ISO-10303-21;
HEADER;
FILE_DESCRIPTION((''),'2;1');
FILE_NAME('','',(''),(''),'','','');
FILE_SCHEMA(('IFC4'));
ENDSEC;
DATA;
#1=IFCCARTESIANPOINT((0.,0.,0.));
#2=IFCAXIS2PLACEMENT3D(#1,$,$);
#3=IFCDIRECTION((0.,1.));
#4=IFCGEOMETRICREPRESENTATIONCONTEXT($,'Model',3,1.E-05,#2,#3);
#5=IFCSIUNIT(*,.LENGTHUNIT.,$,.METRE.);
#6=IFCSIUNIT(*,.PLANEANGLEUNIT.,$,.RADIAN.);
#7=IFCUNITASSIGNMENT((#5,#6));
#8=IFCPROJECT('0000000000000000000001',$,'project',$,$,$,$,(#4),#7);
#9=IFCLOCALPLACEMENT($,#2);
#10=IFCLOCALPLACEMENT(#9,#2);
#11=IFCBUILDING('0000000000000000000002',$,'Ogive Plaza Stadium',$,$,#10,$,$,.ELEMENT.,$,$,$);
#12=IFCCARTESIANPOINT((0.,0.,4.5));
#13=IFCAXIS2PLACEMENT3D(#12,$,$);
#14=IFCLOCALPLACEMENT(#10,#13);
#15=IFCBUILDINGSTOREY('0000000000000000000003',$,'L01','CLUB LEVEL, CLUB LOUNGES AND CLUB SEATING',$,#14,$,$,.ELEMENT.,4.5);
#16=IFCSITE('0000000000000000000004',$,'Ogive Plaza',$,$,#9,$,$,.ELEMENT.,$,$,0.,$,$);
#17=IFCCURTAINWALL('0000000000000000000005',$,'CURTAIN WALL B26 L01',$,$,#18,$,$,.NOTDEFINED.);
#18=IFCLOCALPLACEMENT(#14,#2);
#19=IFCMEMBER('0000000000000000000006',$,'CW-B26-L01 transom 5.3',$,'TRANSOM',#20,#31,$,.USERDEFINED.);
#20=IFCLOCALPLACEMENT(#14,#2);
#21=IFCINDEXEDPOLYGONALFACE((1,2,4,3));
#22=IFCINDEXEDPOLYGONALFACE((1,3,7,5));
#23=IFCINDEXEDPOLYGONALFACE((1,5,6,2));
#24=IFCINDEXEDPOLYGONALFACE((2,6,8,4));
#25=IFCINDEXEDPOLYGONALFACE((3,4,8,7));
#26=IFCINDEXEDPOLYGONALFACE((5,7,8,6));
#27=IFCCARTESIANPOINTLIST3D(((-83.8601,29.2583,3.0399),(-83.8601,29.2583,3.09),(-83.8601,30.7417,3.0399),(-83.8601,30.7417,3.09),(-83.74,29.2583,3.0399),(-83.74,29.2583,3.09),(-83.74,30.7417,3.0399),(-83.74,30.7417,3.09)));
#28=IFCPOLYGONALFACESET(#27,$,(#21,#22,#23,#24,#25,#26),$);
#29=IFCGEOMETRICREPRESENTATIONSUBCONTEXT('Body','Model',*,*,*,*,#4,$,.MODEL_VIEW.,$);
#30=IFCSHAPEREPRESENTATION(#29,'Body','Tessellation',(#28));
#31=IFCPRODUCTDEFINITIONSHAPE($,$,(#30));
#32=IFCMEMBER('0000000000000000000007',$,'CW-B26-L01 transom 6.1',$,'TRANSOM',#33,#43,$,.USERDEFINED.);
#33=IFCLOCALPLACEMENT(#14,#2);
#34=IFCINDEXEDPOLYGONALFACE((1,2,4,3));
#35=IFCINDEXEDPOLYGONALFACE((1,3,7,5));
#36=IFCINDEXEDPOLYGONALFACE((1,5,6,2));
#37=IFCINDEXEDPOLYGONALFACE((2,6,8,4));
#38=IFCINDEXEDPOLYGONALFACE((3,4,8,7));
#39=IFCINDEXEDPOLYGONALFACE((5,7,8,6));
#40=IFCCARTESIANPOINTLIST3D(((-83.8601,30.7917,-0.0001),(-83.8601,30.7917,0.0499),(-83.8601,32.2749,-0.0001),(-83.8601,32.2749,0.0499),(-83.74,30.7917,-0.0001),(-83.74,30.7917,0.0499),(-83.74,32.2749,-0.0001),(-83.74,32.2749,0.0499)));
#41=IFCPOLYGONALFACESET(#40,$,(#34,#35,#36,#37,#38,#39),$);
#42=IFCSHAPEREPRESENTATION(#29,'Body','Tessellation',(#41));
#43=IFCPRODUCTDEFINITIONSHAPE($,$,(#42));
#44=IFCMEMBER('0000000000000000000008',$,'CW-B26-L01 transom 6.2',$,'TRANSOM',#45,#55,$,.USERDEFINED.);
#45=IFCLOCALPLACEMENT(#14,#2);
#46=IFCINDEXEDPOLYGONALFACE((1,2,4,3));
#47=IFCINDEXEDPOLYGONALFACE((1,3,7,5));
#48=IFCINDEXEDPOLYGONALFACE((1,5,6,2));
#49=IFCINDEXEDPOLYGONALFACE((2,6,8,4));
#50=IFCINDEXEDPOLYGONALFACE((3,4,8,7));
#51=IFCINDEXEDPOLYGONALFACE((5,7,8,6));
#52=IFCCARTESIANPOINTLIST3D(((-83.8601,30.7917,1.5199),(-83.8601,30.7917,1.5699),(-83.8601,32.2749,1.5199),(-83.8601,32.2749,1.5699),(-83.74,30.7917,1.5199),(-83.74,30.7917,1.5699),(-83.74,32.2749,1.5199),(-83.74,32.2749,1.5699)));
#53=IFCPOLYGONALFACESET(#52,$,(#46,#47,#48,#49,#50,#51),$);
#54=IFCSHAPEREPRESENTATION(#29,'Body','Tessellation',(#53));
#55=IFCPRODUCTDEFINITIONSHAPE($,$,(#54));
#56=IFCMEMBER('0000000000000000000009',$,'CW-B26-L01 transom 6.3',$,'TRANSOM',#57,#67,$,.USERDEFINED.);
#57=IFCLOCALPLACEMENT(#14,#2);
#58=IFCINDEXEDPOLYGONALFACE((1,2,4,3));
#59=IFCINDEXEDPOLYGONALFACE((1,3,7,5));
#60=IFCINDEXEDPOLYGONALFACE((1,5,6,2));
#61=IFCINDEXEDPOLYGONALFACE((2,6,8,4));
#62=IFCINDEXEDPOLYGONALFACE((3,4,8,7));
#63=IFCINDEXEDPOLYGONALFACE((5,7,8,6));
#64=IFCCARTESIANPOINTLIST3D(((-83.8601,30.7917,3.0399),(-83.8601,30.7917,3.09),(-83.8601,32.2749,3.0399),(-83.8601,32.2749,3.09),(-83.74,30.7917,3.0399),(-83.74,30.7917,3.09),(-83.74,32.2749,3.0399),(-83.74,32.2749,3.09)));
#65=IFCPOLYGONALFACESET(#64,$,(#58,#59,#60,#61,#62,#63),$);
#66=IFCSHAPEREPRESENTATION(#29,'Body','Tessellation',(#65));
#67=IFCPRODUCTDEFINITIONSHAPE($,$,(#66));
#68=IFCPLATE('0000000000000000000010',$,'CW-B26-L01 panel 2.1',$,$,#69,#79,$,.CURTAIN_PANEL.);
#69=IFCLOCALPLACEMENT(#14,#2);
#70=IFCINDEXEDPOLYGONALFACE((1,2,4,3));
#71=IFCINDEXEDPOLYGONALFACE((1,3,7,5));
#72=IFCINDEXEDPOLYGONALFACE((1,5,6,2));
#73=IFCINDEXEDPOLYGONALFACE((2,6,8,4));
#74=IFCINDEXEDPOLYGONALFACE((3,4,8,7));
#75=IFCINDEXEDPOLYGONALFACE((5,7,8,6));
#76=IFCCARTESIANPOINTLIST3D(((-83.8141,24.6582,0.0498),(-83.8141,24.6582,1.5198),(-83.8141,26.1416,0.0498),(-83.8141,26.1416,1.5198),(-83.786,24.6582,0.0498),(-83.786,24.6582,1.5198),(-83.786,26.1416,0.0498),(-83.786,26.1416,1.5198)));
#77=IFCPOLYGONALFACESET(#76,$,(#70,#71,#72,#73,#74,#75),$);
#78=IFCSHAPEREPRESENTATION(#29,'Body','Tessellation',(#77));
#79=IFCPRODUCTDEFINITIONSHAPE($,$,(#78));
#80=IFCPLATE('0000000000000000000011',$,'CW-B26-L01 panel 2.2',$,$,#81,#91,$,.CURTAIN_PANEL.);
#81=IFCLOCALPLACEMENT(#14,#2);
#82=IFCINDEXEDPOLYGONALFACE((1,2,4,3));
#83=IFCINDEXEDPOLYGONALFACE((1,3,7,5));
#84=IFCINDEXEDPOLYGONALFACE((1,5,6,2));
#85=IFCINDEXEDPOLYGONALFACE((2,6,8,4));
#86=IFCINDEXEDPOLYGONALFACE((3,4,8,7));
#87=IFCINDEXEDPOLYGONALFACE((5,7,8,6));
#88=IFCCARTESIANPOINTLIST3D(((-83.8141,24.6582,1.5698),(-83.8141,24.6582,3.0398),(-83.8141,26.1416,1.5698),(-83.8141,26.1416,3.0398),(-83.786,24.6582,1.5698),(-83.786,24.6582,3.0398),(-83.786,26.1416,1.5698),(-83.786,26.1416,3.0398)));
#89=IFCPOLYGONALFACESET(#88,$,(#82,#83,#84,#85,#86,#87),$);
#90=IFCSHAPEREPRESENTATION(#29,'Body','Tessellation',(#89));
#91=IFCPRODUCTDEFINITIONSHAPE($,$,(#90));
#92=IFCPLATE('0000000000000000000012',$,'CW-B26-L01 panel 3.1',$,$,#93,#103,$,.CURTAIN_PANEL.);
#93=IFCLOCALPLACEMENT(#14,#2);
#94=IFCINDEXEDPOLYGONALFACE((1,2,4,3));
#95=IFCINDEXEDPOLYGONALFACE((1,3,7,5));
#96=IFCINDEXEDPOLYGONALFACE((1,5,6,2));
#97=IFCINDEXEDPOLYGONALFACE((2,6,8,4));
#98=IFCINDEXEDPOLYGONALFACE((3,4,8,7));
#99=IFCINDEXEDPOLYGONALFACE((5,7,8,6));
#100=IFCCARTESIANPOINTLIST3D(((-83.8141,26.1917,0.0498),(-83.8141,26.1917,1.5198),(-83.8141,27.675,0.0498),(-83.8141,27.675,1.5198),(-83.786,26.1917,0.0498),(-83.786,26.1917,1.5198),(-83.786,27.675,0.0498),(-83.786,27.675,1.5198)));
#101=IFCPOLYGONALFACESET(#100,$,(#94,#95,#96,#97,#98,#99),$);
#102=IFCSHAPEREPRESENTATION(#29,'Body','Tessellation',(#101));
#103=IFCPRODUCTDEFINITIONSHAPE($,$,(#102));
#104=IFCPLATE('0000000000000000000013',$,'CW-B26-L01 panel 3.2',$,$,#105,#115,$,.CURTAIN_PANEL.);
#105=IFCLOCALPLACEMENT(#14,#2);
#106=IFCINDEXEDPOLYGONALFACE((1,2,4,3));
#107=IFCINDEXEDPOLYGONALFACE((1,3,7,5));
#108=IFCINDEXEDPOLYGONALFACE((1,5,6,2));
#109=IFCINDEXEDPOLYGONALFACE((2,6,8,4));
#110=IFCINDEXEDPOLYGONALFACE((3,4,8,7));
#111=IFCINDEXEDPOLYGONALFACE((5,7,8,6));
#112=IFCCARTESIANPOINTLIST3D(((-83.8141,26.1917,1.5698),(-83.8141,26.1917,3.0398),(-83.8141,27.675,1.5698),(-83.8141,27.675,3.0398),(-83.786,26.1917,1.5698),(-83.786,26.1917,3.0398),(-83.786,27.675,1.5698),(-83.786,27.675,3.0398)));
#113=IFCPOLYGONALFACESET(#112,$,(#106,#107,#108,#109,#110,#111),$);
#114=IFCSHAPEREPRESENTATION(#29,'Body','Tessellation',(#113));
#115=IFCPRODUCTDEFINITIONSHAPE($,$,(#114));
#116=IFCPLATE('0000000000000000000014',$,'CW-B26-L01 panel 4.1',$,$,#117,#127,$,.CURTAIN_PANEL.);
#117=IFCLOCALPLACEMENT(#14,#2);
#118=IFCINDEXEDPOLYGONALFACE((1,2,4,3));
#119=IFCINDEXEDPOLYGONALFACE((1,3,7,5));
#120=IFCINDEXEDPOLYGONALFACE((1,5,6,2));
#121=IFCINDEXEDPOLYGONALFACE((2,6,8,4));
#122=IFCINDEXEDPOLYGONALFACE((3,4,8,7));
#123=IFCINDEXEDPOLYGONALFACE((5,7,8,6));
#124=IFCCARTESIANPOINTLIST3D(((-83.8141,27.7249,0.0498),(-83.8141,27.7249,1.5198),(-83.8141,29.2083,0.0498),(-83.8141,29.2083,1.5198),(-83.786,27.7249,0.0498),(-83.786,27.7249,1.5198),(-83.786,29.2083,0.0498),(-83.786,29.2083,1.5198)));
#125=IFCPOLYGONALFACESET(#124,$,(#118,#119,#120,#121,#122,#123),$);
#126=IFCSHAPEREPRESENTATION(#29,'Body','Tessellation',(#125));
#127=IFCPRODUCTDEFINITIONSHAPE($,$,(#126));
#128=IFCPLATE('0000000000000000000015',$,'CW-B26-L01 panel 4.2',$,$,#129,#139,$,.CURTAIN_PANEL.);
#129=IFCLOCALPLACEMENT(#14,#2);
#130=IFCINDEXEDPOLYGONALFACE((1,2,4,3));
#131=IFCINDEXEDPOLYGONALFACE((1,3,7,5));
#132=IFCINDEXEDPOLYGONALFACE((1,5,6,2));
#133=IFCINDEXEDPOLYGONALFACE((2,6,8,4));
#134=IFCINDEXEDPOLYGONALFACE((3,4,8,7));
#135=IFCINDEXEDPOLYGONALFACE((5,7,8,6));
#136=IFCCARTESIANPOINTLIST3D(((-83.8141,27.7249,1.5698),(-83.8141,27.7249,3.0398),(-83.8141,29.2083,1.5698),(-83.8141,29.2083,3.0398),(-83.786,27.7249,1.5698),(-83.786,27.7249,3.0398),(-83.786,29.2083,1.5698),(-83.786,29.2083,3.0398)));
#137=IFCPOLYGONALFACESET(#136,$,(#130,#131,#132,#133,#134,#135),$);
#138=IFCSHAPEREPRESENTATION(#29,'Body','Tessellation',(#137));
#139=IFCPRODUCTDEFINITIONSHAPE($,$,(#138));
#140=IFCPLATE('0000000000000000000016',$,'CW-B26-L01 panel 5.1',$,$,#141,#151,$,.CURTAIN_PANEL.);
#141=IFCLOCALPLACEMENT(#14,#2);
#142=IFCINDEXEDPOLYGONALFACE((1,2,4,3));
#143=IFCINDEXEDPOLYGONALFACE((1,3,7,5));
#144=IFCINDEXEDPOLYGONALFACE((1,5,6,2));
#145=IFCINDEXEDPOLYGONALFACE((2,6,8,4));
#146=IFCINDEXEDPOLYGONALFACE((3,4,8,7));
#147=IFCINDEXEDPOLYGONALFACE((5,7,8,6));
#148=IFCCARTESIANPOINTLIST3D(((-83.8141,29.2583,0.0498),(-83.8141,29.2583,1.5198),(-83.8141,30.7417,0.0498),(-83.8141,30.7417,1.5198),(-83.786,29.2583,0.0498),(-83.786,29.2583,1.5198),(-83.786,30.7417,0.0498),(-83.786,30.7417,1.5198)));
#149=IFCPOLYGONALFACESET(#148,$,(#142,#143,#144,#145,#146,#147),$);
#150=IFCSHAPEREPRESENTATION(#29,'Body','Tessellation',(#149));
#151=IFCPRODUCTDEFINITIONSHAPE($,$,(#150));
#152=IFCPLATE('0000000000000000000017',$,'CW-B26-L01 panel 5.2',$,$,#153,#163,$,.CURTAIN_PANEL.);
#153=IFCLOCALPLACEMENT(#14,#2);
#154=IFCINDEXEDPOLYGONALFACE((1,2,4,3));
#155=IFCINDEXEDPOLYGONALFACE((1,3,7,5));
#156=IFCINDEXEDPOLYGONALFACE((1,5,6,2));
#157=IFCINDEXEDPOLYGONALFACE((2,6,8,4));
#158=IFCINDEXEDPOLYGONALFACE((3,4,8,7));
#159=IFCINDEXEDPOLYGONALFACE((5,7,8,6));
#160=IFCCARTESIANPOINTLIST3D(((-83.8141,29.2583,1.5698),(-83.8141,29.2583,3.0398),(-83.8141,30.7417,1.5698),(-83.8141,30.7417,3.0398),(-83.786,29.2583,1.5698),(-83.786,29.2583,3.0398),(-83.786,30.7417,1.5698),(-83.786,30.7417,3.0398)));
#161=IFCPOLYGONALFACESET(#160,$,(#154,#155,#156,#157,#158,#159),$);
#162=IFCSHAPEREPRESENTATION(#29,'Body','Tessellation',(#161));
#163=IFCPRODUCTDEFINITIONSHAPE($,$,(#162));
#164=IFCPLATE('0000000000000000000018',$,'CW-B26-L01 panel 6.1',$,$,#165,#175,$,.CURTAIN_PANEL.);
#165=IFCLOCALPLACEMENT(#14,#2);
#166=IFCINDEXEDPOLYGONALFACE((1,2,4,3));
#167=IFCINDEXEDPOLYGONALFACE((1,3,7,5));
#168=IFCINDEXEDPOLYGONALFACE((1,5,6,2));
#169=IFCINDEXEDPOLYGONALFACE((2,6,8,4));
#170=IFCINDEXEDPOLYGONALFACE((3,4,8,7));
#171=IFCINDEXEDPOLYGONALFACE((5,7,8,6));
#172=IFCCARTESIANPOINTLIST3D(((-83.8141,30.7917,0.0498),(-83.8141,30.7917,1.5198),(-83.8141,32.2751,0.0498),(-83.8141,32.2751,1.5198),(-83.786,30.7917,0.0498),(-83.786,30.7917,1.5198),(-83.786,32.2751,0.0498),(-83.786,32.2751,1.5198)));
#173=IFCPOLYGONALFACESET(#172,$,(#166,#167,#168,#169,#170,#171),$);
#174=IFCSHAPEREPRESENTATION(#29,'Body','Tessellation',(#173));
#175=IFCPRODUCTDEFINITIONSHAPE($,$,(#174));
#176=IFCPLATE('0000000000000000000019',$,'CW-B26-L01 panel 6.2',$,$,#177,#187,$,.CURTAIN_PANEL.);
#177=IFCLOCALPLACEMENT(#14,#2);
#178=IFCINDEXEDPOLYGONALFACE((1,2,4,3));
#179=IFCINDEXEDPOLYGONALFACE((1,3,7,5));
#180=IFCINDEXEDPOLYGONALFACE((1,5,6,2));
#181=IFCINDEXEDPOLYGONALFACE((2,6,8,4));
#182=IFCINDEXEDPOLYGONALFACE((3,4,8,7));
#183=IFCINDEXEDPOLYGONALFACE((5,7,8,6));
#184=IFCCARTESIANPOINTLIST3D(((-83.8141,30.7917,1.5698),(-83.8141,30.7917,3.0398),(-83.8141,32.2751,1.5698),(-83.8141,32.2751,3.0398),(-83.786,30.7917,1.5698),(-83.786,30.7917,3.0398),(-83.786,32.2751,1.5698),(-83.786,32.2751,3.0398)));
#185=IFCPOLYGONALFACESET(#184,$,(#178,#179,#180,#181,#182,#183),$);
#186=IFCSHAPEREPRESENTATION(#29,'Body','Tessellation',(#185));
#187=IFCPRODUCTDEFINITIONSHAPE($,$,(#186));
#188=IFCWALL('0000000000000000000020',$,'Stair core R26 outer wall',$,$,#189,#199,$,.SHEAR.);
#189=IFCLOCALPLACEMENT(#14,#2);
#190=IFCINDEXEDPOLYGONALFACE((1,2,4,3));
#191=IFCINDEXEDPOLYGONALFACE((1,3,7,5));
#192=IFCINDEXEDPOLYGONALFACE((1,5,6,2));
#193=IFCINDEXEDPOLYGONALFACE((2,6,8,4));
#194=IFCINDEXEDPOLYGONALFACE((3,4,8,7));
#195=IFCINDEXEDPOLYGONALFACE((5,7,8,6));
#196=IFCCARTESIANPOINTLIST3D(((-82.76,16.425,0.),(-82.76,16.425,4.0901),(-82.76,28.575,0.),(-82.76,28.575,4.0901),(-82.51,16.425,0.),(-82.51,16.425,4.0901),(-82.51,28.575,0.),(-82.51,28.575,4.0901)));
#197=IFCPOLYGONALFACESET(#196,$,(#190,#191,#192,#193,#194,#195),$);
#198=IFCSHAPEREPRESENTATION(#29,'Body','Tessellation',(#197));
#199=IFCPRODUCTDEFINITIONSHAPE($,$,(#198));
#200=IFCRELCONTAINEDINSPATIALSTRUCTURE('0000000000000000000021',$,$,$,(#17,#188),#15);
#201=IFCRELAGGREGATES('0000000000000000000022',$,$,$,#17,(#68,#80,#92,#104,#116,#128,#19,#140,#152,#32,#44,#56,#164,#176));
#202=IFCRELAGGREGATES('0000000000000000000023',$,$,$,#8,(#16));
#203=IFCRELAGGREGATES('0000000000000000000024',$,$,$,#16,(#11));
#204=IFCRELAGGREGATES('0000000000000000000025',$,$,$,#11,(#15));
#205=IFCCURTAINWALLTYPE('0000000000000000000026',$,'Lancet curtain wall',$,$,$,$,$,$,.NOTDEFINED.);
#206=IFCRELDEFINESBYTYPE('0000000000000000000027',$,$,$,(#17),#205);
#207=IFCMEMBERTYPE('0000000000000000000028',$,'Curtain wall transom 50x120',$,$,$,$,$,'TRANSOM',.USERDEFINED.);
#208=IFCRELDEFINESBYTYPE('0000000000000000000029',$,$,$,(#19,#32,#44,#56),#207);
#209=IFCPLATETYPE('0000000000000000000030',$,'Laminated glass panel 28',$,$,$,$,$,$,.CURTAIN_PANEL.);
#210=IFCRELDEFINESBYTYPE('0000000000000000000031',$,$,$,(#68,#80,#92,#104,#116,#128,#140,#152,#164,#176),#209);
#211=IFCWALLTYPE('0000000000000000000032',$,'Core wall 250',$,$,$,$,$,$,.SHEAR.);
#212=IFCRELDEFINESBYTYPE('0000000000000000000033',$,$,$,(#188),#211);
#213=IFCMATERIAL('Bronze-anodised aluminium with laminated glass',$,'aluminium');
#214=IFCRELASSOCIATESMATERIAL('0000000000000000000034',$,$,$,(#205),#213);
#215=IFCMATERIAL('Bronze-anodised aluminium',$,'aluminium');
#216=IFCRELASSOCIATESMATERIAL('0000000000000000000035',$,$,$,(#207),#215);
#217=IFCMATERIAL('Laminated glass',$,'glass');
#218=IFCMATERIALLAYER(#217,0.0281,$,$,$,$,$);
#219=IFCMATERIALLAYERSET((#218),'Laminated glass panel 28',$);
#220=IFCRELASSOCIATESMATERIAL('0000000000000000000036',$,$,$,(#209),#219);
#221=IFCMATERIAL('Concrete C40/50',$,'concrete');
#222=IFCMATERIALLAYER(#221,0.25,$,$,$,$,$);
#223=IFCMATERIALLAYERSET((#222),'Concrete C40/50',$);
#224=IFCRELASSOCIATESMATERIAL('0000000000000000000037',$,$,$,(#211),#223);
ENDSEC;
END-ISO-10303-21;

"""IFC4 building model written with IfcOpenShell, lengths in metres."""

from ifc_helpers import new_model, si_unit, direction, frame, frame_2d, origin, origin_2d, place, context, subcontext, project, spatial, rectangle, extrude, material, layer, layer_set, material_profile, profile_set, type_object, element, aggregate, save


model = new_model("IFC4")

# Units and contexts
model_context = context("Model", 3, precision=1e-05, world=origin(), true_north=direction((0.0, 1.0)))
body_context = subcontext(model_context, "Body", "Model", "MODEL_VIEW")
ifc_project = project(units=[si_unit("LENGTHUNIT", "METRE"), si_unit("PLANEANGLEUNIT", "RADIAN")], contexts=[model_context])

# Site, building, storey
site_placement = place(None, origin())
site = spatial("IfcSite", under=ifc_project, at=site_placement, Name="Ogive Plaza", CompositionType="ELEMENT", RefElevation=0.0)
building_placement = place(site_placement, origin())
building = spatial("IfcBuilding", under=site, at=building_placement, Name="Ogive Plaza Stadium", CompositionType="ELEMENT")
storey_placement = place(building_placement, frame((0.0, 0.0, 4.5)))
storey = spatial("IfcBuildingStorey", under=building, at=storey_placement, Name="L01", Description="CLUB LEVEL, CLUB LOUNGES AND CLUB SEATING", CompositionType="ELEMENT", Elevation=4.5)

# Curtain wall, members, plates
ifc_material_1 = material(Name="Bronze-anodised aluminium with laminated glass", Category="aluminium")
curtain_wall_type = type_object("IfcCurtainWallType", Name="Lancet curtain wall", PredefinedType="NOTDEFINED", material=ifc_material_1)
curtain_wall_placement = place(storey_placement, origin())
curtain_wall = element("IfcCurtainWall", 1, at=curtain_wall_placement, inside=storey, type_object=curtain_wall_type, Name="CURTAIN WALL B26 L01", PredefinedType="NOTDEFINED")
ifc_material_2 = material(Name="Bronze-anodised aluminium", Category="aluminium")
ifc_material_profile_1 = material_profile(ifc_material_2, rectangle(XDim=0.1201, YDim=0.05, at=origin_2d()), Name="AL 120x50")
ifc_profile_set_1 = profile_set([ifc_material_profile_1], Name="Bronze-anodised aluminium")
member_type_1 = type_object("IfcMemberType", Name="Curtain wall transom 50x120", ElementType="TRANSOM", PredefinedType="USERDEFINED", material=ifc_profile_set_1)
member_1_placement = place(storey_placement, frame((-83.8, 29.2583, 3.0649), z_axis=(0.0, 1.0, 0.0), x_axis=(-1.0, 0.0, 0.0)))
member_1 = element("IfcMember", 2, at=member_1_placement, type_object=member_type_1, Name="CW-B26-L01 transom 5.3", ObjectType="TRANSOM", PredefinedType="USERDEFINED", context=body_context, shape_type="SweptSolid", body=[
    extrude(rectangle(XDim=0.1201, YDim=0.05, at=origin_2d()), origin(), (0.0, 0.0, 1.0), 1.4834),
])
member_2_placement = place(storey_placement, frame((-83.8, 30.7917, 0.0249), z_axis=(0.0, 1.0, 0.0), x_axis=(-1.0, 0.0, 0.0)))
member_2 = element("IfcMember", 3, at=member_2_placement, type_object=member_type_1, Name="CW-B26-L01 transom 6.1", ObjectType="TRANSOM", PredefinedType="USERDEFINED", context=body_context, shape_type="SweptSolid", body=[
    extrude(rectangle(XDim=0.1201, YDim=0.05, at=origin_2d()), origin(), (0.0, 0.0, 1.0), 1.4832),
])
member_3_placement = place(storey_placement, frame((-83.8, 30.7917, 1.5449), z_axis=(0.0, 1.0, 0.0), x_axis=(-1.0, 0.0, 0.0)))
member_3 = element("IfcMember", 4, at=member_3_placement, type_object=member_type_1, Name="CW-B26-L01 transom 6.2", ObjectType="TRANSOM", PredefinedType="USERDEFINED", context=body_context, shape_type="SweptSolid", body=[
    extrude(rectangle(XDim=0.1201, YDim=0.05, at=origin_2d()), origin(), (0.0, 0.0, 1.0), 1.4832),
])
member_4_placement = place(storey_placement, frame((-83.8, 30.7917, 3.0649), z_axis=(0.0, 1.0, 0.0), x_axis=(-1.0, 0.0, 0.0)))
member_4 = element("IfcMember", 5, at=member_4_placement, type_object=member_type_1, Name="CW-B26-L01 transom 6.3", ObjectType="TRANSOM", PredefinedType="USERDEFINED", context=body_context, shape_type="SweptSolid", body=[
    extrude(rectangle(XDim=0.1201, YDim=0.05, at=origin_2d()), origin(), (0.0, 0.0, 1.0), 1.4832),
])
ifc_material_3 = material(Name="Laminated glass", Category="glass")
ifc_layer_1 = layer(ifc_material_3, 0.0281)
ifc_layer_set_1 = layer_set([ifc_layer_1], Name="Laminated glass panel 28")
plate_type = type_object("IfcPlateType", Name="Laminated glass panel 28", PredefinedType="CURTAIN_PANEL", material=ifc_layer_set_1)
plate_1_placement = place(storey_placement, frame((-83.8, 25.3999, 0.0498), z_axis=(0.0, 0.0, 1.0), x_axis=(0.0, 1.0, 0.0)))
plate_1 = element("IfcPlate", 6, at=plate_1_placement, type_object=plate_type, Name="CW-B26-L01 panel 2.1", PredefinedType="CURTAIN_PANEL", context=body_context, shape_type="SweptSolid", body=[
    extrude(rectangle(XDim=1.4834, YDim=0.0281, at=origin_2d()), origin(), (0.0, 0.0, 1.0), 1.47),
])
plate_2_placement = place(storey_placement, frame((-83.8, 25.3999, 1.5698), z_axis=(0.0, 0.0, 1.0), x_axis=(0.0, 1.0, 0.0)))
plate_2 = element("IfcPlate", 7, at=plate_2_placement, type_object=plate_type, Name="CW-B26-L01 panel 2.2", PredefinedType="CURTAIN_PANEL", context=body_context, shape_type="SweptSolid", body=[
    extrude(rectangle(XDim=1.4834, YDim=0.0281, at=origin_2d()), origin(), (0.0, 0.0, 1.0), 1.47),
])
plate_3_placement = place(storey_placement, frame((-83.8, 26.9333, 0.0498), z_axis=(0.0, 0.0, 1.0), x_axis=(0.0, 1.0, 0.0)))
plate_3 = element("IfcPlate", 8, at=plate_3_placement, type_object=plate_type, Name="CW-B26-L01 panel 3.1", PredefinedType="CURTAIN_PANEL", context=body_context, shape_type="SweptSolid", body=[
    extrude(rectangle(XDim=1.4834, YDim=0.0281, at=origin_2d()), origin(), (0.0, 0.0, 1.0), 1.47),
])
plate_4_placement = place(storey_placement, frame((-83.8, 26.9333, 1.5698), z_axis=(0.0, 0.0, 1.0), x_axis=(0.0, 1.0, 0.0)))
plate_4 = element("IfcPlate", 9, at=plate_4_placement, type_object=plate_type, Name="CW-B26-L01 panel 3.2", PredefinedType="CURTAIN_PANEL", context=body_context, shape_type="SweptSolid", body=[
    extrude(rectangle(XDim=1.4834, YDim=0.0281, at=origin_2d()), origin(), (0.0, 0.0, 1.0), 1.47),
])
plate_5_placement = place(storey_placement, frame((-83.8, 28.4666, 0.0498), z_axis=(0.0, 0.0, 1.0), x_axis=(0.0, 1.0, 0.0)))
plate_5 = element("IfcPlate", 10, at=plate_5_placement, type_object=plate_type, Name="CW-B26-L01 panel 4.1", PredefinedType="CURTAIN_PANEL", context=body_context, shape_type="SweptSolid", body=[
    extrude(rectangle(XDim=1.4834, YDim=0.0281, at=origin_2d()), origin(), (0.0, 0.0, 1.0), 1.47),
])
plate_6_placement = place(storey_placement, frame((-83.8, 28.4666, 1.5698), z_axis=(0.0, 0.0, 1.0), x_axis=(0.0, 1.0, 0.0)))
plate_6 = element("IfcPlate", 11, at=plate_6_placement, type_object=plate_type, Name="CW-B26-L01 panel 4.2", PredefinedType="CURTAIN_PANEL", context=body_context, shape_type="SweptSolid", body=[
    extrude(rectangle(XDim=1.4834, YDim=0.0281, at=origin_2d()), origin(), (0.0, 0.0, 1.0), 1.47),
])
plate_7_placement = place(storey_placement, frame((-83.8, 30.0, 0.0498), z_axis=(0.0, 0.0, 1.0), x_axis=(0.0, 1.0, 0.0)))
plate_7 = element("IfcPlate", 12, at=plate_7_placement, type_object=plate_type, Name="CW-B26-L01 panel 5.1", PredefinedType="CURTAIN_PANEL", context=body_context, shape_type="SweptSolid", body=[
    extrude(rectangle(XDim=1.4834, YDim=0.0281, at=origin_2d()), origin(), (0.0, 0.0, 1.0), 1.47),
])
plate_8_placement = place(storey_placement, frame((-83.8, 30.0, 1.5698), z_axis=(0.0, 0.0, 1.0), x_axis=(0.0, 1.0, 0.0)))
plate_8 = element("IfcPlate", 13, at=plate_8_placement, type_object=plate_type, Name="CW-B26-L01 panel 5.2", PredefinedType="CURTAIN_PANEL", context=body_context, shape_type="SweptSolid", body=[
    extrude(rectangle(XDim=1.4834, YDim=0.0281, at=origin_2d()), origin(), (0.0, 0.0, 1.0), 1.47),
])
plate_9_placement = place(storey_placement, frame((-83.8, 31.5334, 0.0498), z_axis=(0.0, 0.0, 1.0), x_axis=(0.0, 1.0, 0.0)))
plate_9 = element("IfcPlate", 14, at=plate_9_placement, type_object=plate_type, Name="CW-B26-L01 panel 6.1", PredefinedType="CURTAIN_PANEL", context=body_context, shape_type="SweptSolid", body=[
    extrude(rectangle(XDim=1.4834, YDim=0.0281, at=origin_2d()), origin(), (0.0, 0.0, 1.0), 1.47),
])
plate_10_placement = place(storey_placement, frame((-83.8, 31.5334, 1.5698), z_axis=(0.0, 0.0, 1.0), x_axis=(0.0, 1.0, 0.0)))
plate_10 = element("IfcPlate", 15, at=plate_10_placement, type_object=plate_type, Name="CW-B26-L01 panel 6.2", PredefinedType="CURTAIN_PANEL", context=body_context, shape_type="SweptSolid", body=[
    extrude(rectangle(XDim=1.4834, YDim=0.0281, at=origin_2d()), origin(), (0.0, 0.0, 1.0), 1.47),
])
aggregate(curtain_wall, [plate_1, plate_2, plate_3, plate_4, plate_5, plate_6, member_1, plate_7, plate_8, member_2, member_3, member_4, plate_9, plate_10])

# Wall
ifc_material_4 = material(Name="Concrete C40/50", Category="concrete")
ifc_layer_2 = layer(ifc_material_4, 0.25)
ifc_layer_set_2 = layer_set([ifc_layer_2], Name="Concrete C40/50")
wall_type = type_object("IfcWallType", Name="Core wall 250", PredefinedType="SHEAR", material=ifc_layer_set_2)
wall_placement = place(storey_placement, frame((-82.635, 28.575, 0.0), z_axis=(0.0, 0.0, 1.0), x_axis=(0.0, -1.0, 0.0)))
element("IfcWall", 16, at=wall_placement, inside=storey, type_object=wall_type, Name="Stair core R26 outer wall", PredefinedType="SHEAR", context=body_context, shape_type="SweptSolid", body=[
    extrude(rectangle(XDim=12.1499, YDim=0.25, at=frame_2d((6.075, 0.0))), origin(), (0.0, 0.0, 1.0), 4.0901),
])

save(model, "model.ifc")
